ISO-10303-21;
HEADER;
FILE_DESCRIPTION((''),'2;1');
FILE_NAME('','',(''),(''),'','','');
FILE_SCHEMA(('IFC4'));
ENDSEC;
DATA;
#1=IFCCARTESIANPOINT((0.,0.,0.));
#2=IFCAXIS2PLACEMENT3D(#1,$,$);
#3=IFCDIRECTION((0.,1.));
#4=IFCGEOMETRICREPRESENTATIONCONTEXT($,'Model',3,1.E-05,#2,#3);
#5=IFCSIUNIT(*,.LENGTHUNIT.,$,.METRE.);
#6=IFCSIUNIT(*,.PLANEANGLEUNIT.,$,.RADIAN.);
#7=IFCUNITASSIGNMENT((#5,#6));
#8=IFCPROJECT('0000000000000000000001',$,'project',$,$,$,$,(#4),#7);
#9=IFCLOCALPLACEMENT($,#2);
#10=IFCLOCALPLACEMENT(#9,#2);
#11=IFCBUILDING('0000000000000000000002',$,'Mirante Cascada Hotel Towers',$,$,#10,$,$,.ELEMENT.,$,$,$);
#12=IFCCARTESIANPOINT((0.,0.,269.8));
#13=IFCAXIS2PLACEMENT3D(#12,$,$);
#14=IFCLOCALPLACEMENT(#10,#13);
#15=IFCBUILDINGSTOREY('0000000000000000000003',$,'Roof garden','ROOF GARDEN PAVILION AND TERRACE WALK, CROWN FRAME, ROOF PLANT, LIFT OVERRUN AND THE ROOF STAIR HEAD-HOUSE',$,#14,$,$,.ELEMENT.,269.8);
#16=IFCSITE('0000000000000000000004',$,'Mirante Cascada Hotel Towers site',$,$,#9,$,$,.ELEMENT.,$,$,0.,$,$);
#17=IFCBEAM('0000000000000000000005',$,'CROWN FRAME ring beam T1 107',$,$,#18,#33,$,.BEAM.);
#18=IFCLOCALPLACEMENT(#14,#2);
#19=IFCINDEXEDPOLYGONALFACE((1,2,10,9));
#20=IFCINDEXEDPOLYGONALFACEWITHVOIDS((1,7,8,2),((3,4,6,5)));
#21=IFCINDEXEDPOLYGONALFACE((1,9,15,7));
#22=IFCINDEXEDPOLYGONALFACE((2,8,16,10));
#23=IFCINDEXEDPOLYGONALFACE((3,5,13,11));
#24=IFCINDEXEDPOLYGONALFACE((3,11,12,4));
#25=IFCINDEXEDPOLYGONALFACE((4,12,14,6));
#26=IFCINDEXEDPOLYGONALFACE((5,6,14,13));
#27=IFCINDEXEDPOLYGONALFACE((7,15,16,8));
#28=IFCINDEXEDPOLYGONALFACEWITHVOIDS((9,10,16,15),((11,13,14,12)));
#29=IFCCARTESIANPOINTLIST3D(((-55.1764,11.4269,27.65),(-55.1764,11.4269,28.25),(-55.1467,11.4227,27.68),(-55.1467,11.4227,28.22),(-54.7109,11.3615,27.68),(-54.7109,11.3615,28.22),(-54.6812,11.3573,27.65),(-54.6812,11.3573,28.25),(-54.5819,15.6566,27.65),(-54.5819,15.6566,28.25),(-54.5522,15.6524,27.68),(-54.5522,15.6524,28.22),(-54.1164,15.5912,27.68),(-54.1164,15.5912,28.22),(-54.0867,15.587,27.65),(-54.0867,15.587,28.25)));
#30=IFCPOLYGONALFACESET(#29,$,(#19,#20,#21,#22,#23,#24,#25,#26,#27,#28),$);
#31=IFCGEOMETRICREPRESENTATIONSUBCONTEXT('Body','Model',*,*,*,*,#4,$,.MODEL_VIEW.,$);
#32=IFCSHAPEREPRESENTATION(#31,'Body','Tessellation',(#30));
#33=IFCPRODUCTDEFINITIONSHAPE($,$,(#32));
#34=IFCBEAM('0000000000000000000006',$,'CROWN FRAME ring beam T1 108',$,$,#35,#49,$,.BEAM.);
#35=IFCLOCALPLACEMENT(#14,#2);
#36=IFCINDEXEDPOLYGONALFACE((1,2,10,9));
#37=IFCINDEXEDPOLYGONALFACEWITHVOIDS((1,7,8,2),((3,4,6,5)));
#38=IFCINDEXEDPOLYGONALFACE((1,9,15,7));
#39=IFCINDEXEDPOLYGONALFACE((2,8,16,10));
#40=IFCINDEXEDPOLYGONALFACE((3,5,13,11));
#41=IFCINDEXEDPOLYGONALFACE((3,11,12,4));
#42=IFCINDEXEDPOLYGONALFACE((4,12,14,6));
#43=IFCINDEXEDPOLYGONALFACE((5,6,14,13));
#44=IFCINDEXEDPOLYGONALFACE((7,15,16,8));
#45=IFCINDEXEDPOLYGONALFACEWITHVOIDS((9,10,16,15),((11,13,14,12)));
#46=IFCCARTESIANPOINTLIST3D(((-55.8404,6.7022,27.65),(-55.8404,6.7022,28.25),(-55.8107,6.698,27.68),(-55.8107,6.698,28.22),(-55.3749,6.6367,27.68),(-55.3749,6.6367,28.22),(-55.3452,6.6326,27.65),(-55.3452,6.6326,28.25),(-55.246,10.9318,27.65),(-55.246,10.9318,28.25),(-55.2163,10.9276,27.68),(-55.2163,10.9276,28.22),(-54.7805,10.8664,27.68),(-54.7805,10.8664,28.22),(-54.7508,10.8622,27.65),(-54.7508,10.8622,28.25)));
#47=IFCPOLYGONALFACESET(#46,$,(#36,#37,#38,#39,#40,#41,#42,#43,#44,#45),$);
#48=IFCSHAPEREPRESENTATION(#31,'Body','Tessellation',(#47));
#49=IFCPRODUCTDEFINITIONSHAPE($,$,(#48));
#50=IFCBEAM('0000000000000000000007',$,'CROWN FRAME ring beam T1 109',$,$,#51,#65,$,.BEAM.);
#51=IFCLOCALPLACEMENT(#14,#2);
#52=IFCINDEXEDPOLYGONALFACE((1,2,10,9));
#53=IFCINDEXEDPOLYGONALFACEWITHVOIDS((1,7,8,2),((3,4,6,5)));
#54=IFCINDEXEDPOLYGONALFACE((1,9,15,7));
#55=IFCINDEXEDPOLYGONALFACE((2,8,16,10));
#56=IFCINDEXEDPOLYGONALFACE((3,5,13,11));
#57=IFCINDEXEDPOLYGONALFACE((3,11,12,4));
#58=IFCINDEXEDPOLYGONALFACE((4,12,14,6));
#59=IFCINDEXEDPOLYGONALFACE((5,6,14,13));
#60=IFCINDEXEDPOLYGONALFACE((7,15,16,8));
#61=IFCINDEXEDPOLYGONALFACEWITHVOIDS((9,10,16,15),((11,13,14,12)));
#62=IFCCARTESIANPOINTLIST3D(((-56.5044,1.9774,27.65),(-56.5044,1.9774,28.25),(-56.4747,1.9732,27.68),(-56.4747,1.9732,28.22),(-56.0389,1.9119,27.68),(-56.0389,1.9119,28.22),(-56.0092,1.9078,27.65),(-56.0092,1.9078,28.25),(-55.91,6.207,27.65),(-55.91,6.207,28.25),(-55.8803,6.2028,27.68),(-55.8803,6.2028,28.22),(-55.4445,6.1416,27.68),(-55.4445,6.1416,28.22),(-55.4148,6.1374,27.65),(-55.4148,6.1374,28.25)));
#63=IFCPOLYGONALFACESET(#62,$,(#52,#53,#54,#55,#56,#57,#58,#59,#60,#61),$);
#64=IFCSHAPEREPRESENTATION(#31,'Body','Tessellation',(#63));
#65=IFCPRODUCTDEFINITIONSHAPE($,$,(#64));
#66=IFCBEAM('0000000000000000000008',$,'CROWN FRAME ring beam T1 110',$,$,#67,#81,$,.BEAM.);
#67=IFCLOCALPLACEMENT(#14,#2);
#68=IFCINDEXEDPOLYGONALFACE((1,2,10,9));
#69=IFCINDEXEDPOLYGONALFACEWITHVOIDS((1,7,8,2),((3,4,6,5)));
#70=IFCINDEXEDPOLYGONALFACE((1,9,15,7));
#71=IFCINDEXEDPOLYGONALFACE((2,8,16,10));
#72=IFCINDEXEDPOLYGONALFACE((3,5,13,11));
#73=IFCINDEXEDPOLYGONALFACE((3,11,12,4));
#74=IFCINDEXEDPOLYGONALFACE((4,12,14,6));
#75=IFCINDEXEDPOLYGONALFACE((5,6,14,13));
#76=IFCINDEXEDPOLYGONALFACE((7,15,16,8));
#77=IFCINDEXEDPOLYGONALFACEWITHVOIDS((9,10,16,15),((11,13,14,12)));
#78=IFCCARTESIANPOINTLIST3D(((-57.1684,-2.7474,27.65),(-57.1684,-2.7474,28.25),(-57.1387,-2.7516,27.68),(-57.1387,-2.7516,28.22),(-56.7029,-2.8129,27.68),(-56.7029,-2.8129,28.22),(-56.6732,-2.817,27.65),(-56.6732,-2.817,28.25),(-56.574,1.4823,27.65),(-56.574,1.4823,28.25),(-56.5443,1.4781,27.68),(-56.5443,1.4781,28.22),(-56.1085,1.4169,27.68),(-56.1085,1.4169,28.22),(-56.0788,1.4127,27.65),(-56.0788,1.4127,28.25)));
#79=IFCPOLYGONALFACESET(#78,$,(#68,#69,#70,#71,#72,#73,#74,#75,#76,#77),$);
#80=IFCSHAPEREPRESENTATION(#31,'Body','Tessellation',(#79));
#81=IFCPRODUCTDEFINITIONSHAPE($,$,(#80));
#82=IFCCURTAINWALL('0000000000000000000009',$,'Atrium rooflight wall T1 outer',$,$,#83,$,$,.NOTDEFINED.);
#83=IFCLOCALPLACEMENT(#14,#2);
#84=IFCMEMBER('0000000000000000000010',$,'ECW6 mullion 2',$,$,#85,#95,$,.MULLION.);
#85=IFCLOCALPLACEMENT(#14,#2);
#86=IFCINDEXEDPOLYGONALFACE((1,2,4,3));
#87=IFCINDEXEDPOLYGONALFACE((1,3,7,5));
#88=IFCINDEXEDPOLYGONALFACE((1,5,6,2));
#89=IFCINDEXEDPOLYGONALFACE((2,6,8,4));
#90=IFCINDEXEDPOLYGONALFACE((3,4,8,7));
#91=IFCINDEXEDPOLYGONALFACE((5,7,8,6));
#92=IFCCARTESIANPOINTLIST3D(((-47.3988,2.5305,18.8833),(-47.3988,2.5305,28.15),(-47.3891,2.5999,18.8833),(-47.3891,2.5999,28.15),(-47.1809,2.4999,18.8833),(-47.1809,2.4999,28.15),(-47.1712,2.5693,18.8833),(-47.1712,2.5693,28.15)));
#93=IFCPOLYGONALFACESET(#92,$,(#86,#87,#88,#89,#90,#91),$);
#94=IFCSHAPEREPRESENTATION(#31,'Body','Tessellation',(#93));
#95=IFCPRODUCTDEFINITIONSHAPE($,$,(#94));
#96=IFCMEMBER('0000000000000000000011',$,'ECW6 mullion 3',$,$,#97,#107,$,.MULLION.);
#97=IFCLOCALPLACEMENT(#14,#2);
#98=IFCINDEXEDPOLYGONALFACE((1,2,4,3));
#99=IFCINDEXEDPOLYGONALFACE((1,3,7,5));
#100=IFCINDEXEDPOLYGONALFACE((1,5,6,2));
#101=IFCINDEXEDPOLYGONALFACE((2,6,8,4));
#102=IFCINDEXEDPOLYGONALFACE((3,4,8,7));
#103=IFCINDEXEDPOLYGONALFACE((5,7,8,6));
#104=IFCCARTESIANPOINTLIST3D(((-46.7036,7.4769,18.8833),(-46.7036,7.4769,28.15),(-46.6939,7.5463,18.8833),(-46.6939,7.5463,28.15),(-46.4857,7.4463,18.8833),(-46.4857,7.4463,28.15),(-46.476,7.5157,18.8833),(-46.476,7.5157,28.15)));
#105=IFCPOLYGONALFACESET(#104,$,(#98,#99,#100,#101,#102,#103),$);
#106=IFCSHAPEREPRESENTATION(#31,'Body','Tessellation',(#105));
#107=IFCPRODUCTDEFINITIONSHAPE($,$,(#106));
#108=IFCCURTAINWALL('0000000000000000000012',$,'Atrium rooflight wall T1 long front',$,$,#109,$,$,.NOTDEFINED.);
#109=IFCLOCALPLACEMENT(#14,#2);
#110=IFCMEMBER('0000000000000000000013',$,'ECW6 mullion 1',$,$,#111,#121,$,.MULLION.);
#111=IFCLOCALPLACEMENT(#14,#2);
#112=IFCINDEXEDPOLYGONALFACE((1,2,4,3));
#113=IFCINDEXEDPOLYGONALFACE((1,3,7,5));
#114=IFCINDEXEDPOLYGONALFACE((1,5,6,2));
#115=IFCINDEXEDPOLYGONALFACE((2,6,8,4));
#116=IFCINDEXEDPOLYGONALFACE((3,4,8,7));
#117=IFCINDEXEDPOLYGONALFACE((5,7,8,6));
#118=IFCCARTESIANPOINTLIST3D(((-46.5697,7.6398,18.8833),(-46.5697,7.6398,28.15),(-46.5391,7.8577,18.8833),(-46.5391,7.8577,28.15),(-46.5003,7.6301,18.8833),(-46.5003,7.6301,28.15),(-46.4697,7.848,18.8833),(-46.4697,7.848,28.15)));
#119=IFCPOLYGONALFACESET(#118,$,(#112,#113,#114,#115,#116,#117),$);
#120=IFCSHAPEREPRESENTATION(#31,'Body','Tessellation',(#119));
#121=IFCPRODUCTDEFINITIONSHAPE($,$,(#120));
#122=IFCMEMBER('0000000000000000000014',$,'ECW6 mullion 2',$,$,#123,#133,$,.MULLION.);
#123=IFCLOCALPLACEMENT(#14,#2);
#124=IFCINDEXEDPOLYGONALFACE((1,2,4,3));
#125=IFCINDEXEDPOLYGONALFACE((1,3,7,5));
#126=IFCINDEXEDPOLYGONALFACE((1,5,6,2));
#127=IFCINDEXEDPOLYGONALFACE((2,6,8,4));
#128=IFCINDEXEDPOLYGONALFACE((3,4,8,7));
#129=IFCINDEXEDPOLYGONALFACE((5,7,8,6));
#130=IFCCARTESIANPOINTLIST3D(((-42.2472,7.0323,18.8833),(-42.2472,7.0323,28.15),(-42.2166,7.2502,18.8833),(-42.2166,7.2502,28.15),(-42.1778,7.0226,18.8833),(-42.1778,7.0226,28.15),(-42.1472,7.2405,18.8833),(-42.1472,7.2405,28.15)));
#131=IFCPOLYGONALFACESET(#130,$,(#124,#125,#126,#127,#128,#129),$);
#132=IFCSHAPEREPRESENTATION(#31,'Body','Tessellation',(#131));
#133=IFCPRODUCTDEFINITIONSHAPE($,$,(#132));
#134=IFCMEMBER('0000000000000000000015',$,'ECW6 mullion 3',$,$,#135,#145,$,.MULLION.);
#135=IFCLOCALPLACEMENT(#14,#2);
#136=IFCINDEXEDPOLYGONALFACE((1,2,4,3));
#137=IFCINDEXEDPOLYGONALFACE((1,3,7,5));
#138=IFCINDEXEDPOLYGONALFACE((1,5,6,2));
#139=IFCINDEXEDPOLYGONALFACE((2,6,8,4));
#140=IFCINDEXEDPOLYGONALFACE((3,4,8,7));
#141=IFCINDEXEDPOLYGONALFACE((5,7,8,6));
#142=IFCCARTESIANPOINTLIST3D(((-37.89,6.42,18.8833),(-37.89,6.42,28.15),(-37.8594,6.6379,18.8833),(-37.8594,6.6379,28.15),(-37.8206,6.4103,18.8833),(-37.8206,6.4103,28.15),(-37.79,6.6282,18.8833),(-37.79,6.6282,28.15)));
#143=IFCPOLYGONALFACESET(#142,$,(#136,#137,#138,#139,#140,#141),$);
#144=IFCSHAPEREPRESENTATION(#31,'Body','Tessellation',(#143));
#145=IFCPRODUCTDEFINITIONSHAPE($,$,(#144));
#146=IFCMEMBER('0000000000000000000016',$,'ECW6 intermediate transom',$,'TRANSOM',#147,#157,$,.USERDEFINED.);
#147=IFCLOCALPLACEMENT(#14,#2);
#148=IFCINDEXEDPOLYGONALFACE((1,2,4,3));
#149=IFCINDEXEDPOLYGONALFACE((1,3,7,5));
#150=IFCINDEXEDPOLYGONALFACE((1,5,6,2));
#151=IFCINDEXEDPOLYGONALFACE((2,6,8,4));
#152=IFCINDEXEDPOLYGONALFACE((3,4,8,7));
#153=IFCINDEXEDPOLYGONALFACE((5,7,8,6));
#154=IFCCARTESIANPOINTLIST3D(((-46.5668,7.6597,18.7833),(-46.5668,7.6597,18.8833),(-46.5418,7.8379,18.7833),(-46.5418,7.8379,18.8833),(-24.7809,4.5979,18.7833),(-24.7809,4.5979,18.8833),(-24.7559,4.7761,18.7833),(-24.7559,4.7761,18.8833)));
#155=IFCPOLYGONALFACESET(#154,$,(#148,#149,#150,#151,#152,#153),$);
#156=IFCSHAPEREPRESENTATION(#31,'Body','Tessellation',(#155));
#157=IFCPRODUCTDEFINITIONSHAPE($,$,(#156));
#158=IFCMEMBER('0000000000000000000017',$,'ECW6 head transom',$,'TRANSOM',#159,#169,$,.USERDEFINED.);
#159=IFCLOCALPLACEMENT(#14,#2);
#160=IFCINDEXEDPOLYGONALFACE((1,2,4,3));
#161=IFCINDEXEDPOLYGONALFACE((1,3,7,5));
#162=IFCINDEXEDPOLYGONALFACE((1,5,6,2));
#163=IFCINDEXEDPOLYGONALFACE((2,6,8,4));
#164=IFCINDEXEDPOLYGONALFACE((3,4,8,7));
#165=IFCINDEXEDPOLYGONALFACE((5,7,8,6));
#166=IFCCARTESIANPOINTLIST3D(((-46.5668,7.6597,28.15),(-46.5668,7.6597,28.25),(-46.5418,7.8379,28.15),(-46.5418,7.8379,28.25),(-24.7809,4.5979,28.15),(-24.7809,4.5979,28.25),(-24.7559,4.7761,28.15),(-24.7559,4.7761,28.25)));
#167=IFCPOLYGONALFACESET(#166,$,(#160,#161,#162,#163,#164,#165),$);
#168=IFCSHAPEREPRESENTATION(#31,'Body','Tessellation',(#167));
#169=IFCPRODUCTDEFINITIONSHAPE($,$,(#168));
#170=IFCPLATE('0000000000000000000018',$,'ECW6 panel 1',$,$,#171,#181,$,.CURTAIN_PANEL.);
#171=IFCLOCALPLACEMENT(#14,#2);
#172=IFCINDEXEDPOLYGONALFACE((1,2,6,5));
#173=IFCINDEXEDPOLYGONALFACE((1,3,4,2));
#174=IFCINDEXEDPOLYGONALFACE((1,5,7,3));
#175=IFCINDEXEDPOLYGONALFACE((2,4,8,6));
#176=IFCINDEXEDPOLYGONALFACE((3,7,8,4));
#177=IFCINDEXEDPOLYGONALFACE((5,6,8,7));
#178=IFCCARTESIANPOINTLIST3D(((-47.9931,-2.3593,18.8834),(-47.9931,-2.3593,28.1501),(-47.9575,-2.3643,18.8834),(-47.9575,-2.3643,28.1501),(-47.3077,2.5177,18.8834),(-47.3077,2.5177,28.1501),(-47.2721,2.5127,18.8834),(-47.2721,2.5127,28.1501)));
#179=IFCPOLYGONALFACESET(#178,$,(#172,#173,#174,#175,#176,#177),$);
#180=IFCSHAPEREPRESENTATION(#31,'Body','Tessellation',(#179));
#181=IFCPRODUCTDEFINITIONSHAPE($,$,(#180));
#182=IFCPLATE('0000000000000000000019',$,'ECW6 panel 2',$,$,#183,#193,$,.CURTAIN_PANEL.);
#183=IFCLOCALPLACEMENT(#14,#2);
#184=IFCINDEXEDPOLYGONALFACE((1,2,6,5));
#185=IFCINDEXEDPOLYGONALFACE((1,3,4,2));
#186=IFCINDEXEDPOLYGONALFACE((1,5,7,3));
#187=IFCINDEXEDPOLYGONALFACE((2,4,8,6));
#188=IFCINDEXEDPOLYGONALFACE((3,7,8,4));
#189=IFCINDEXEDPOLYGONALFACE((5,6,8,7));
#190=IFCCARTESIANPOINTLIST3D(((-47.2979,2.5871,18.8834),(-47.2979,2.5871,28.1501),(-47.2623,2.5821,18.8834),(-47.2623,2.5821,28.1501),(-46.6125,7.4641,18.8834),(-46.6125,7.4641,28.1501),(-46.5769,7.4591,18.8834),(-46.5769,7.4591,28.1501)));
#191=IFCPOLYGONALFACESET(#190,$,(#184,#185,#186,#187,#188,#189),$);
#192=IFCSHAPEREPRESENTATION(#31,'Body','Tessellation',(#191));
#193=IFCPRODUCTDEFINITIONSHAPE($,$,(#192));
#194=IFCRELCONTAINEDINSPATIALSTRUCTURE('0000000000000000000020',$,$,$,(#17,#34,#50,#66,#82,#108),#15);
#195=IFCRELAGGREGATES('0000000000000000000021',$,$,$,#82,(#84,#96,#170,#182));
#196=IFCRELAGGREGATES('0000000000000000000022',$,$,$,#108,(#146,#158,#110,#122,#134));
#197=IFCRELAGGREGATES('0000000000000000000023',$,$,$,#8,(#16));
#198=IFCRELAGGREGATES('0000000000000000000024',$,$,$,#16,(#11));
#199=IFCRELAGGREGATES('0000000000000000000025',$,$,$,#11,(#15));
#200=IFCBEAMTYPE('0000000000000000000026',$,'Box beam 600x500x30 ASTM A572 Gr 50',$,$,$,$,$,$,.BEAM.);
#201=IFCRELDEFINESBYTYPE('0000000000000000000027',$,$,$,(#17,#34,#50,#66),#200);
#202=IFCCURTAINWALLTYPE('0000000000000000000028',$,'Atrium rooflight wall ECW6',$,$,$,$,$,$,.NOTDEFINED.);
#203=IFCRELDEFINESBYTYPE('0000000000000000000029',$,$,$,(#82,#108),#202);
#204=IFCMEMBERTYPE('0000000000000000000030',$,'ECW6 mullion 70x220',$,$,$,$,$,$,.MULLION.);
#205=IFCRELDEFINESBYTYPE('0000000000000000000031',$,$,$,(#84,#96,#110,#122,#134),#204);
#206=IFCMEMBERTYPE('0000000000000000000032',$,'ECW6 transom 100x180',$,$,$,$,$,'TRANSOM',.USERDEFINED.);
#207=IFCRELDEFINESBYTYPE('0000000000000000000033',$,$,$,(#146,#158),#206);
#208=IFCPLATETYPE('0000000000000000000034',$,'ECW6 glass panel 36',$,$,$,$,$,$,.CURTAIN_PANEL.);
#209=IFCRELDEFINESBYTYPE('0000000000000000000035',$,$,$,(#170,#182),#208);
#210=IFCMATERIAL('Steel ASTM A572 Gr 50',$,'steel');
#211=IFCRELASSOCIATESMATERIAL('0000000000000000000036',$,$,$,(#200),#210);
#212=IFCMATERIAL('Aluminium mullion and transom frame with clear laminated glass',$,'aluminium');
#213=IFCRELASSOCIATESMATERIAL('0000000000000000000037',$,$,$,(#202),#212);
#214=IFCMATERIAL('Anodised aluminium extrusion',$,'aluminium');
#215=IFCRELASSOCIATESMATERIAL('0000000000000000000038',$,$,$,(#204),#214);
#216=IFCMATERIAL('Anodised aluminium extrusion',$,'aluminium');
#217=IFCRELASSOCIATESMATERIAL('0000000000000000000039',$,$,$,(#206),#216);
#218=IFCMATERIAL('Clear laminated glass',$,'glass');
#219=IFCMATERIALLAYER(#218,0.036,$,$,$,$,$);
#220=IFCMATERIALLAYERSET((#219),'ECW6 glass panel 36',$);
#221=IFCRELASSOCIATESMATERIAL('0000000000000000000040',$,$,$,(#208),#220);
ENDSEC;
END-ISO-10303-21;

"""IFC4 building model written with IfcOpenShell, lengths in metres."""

from ifc_helpers import new_model, si_unit, direction, frame, origin, origin_2d, place, context, subcontext, project, spatial, rectangle, hollow_rectangle, extrude, material, layer, layer_set, material_profile, profile_set, type_object, element, aggregate, save


model = new_model("IFC4")

# Units and contexts
model_context = context("Model", 3, precision=1e-05, world=origin(), true_north=direction((0.0, 1.0)))
body_context = subcontext(model_context, "Body", "Model", "MODEL_VIEW")
ifc_project = project(units=[si_unit("LENGTHUNIT", "METRE"), si_unit("PLANEANGLEUNIT", "RADIAN")], contexts=[model_context])

# Site, building, storey
site_placement = place(None, origin())
site = spatial("IfcSite", under=ifc_project, at=site_placement, Name="Mirante Cascada Hotel Towers site", CompositionType="ELEMENT", RefElevation=0.0)
building_placement = place(site_placement, origin())
building = spatial("IfcBuilding", under=site, at=building_placement, Name="Mirante Cascada Hotel Towers", CompositionType="ELEMENT")
storey_placement = place(building_placement, frame((0.0, 0.0, 269.8)))
storey = spatial("IfcBuildingStorey", under=building, at=storey_placement, Name="Roof garden", Description="ROOF GARDEN PAVILION AND TERRACE WALK, CROWN FRAME, ROOF PLANT, LIFT OVERRUN AND THE ROOF STAIR HEAD-HOUSE", CompositionType="ELEMENT", Elevation=269.8)

# Beams
ifc_material_1 = material(Name="Steel ASTM A572 Gr 50", Category="steel")
ifc_material_profile_1 = material_profile(ifc_material_1, hollow_rectangle(XDim=0.5, YDim=0.6, WallThickness=0.03, at=origin_2d()), Name="Box beam 600x500x30 ASTM A572 Gr 50")
ifc_profile_set_1 = profile_set([ifc_material_profile_1], Name="Steel ASTM A572 Gr 50")
beam_type = type_object("IfcBeamType", Name="Box beam 600x500x30 ASTM A572 Gr 50", PredefinedType="BEAM", material=ifc_profile_set_1)
beam_1_placement = place(storey_placement, frame((-54.3343, 15.6218, 27.95), z_axis=(-0.139186, -0.990266, 0.0), x_axis=(0.990266, -0.139186, 0.0)))
element("IfcBeam", 1, at=beam_1_placement, inside=storey, type_object=beam_type, Name="CROWN FRAME ring beam T1 107", PredefinedType="BEAM", context=body_context, shape_type="SweptSolid", body=[
    extrude(hollow_rectangle(XDim=0.5, YDim=0.6, WallThickness=0.03, at=origin_2d()), origin(), (0.0, 0.0, 1.0), 4.2713),
])
for number, where, z_axis, x_axis, name in (
    (2, (-54.9984, 10.897, 27.95), (-0.139166, -0.990269, 0.0), (0.990269, -0.139166, 0.0), "CROWN FRAME ring beam T1 108"),
    (3, (-55.6624, 6.1722, 27.95), (-0.139166, -0.990269, 0.0), (0.990269, -0.139166, 0.0), "CROWN FRAME ring beam T1 109"),
):
    element("IfcBeam", number, at=place(storey_placement, frame(where, z_axis=z_axis, x_axis=x_axis)), inside=storey, type_object=beam_type, Name=name, PredefinedType="BEAM", context=body_context, shape_type="SweptSolid", body=[
        extrude(hollow_rectangle(XDim=0.5, YDim=0.6, WallThickness=0.03, at=origin_2d()), origin(), (0.0, 0.0, 1.0), 4.2712),
    ])
beam_2_placement = place(storey_placement, frame((-56.3264, 1.4475, 27.95), z_axis=(-0.139163, -0.99027, 0.0), x_axis=(0.99027, -0.139163, 0.0)))
element("IfcBeam", 4, at=beam_2_placement, inside=storey, type_object=beam_type, Name="CROWN FRAME ring beam T1 110", PredefinedType="BEAM", context=body_context, shape_type="SweptSolid", body=[
    extrude(hollow_rectangle(XDim=0.5, YDim=0.6, WallThickness=0.03, at=origin_2d()), origin(), (0.0, 0.0, 1.0), 4.2713),
])

# Curtain walls, members
ifc_material_2 = material(Name="Aluminium mullion and transom frame with clear laminated glass", Category="aluminium")
curtain_wall_type = type_object("IfcCurtainWallType", Name="Atrium rooflight wall ECW6", PredefinedType="NOTDEFINED", material=ifc_material_2)
curtain_wall_1_placement = place(storey_placement, origin())
curtain_wall_1 = element("IfcCurtainWall", 5, at=curtain_wall_1_placement, inside=storey, type_object=curtain_wall_type, Name="Atrium rooflight wall T1 outer", PredefinedType="NOTDEFINED")
ifc_material_3 = material(Name="Anodised aluminium extrusion", Category="aluminium")
ifc_material_profile_2 = material_profile(ifc_material_3, rectangle(XDim=0.22, YDim=0.07, at=origin_2d()), Name="ECW6 MULLION 70x220")
ifc_profile_set_2 = profile_set([ifc_material_profile_2], Name="Anodised aluminium extrusion")
member_type_1 = type_object("IfcMemberType", Name="ECW6 mullion 70x220", PredefinedType="MULLION", material=ifc_profile_set_2)
member_1_placement = place(storey_placement, frame((-47.285, 2.5499, 18.8833), z_axis=(0.0, 0.0, 1.0), x_axis=(-0.990268, 0.139173, 0.0)))
member_1 = element("IfcMember", 6, at=member_1_placement, type_object=member_type_1, Name="ECW6 mullion 2", PredefinedType="MULLION", context=body_context, shape_type="SweptSolid", body=[
    extrude(rectangle(XDim=0.22, YDim=0.07, at=origin_2d()), origin(), (0.0, 0.0, 1.0), 9.2667),
])
member_2_placement = place(storey_placement, frame((-46.5898, 7.4963, 18.8833), z_axis=(0.0, 0.0, 1.0), x_axis=(-0.990268, 0.139173, 0.0)))
member_2 = element("IfcMember", 7, at=member_2_placement, type_object=member_type_1, Name="ECW6 mullion 3", PredefinedType="MULLION", context=body_context, shape_type="SweptSolid", body=[
    extrude(rectangle(XDim=0.22, YDim=0.07, at=origin_2d()), origin(), (0.0, 0.0, 1.0), 9.2667),
])
curtain_wall_2_placement = place(storey_placement, origin())
curtain_wall_2 = element("IfcCurtainWall", 8, at=curtain_wall_2_placement, inside=storey, type_object=curtain_wall_type, Name="Atrium rooflight wall T1 long front", PredefinedType="NOTDEFINED")
member_3_placement = place(storey_placement, frame((-46.5197, 7.7439, 18.8833), z_axis=(0.0, 0.0, 1.0), x_axis=(0.139173, 0.990268, 0.0)))
member_3 = element("IfcMember", 9, at=member_3_placement, type_object=member_type_1, Name="ECW6 mullion 1", PredefinedType="MULLION", context=body_context, shape_type="SweptSolid", body=[
    extrude(rectangle(XDim=0.22, YDim=0.07, at=origin_2d()), origin(), (0.0, 0.0, 1.0), 9.2667),
])
member_4_placement = place(storey_placement, frame((-42.1972, 7.1364, 18.8833), z_axis=(0.0, 0.0, 1.0), x_axis=(0.139173, 0.990268, 0.0)))
member_4 = element("IfcMember", 10, at=member_4_placement, type_object=member_type_1, Name="ECW6 mullion 2", PredefinedType="MULLION", context=body_context, shape_type="SweptSolid", body=[
    extrude(rectangle(XDim=0.22, YDim=0.07, at=origin_2d()), origin(), (0.0, 0.0, 1.0), 9.2667),
])
member_5_placement = place(storey_placement, frame((-37.84, 6.5241, 18.8833), z_axis=(0.0, 0.0, 1.0), x_axis=(0.139173, 0.990268, 0.0)))
member_5 = element("IfcMember", 11, at=member_5_placement, type_object=member_type_1, Name="ECW6 mullion 3", PredefinedType="MULLION", context=body_context, shape_type="SweptSolid", body=[
    extrude(rectangle(XDim=0.22, YDim=0.07, at=origin_2d()), origin(), (0.0, 0.0, 1.0), 9.2667),
])
ifc_material_4 = material(Name="Anodised aluminium extrusion", Category="aluminium")
ifc_material_profile_3 = material_profile(ifc_material_4, rectangle(XDim=0.18, YDim=0.1, at=origin_2d()), Name="ECW6 TRANSOM 100x180")
ifc_profile_set_3 = profile_set([ifc_material_profile_3], Name="Anodised aluminium extrusion")
member_type_2 = type_object("IfcMemberType", Name="ECW6 transom 100x180", ElementType="TRANSOM", PredefinedType="USERDEFINED", material=ifc_profile_set_3)
member_6_placement = place(storey_placement, frame((-46.5543, 7.7488, 18.8333), z_axis=(0.990268, -0.139173, 0.0), x_axis=(0.139173, 0.990268, 0.0)))
member_6 = element("IfcMember", 12, at=member_6_placement, type_object=member_type_2, Name="ECW6 intermediate transom", ObjectType="TRANSOM", PredefinedType="USERDEFINED", context=body_context, shape_type="SweptSolid", body=[
    extrude(rectangle(XDim=0.18, YDim=0.1, at=origin_2d()), origin(), (0.0, 0.0, 1.0), 22.0),
])
member_7_placement = place(storey_placement, frame((-46.5543, 7.7488, 28.2), z_axis=(0.990268, -0.139173, 0.0), x_axis=(0.139173, 0.990268, 0.0)))
member_7 = element("IfcMember", 13, at=member_7_placement, type_object=member_type_2, Name="ECW6 head transom", ObjectType="TRANSOM", PredefinedType="USERDEFINED", context=body_context, shape_type="SweptSolid", body=[
    extrude(rectangle(XDim=0.18, YDim=0.1, at=origin_2d()), origin(), (0.0, 0.0, 1.0), 22.0),
])

# Plates
ifc_material_5 = material(Name="Clear laminated glass", Category="glass")
ifc_layer_1 = layer(ifc_material_5, 0.036)
ifc_layer_set_1 = layer_set([ifc_layer_1], Name="ECW6 glass panel 36")
plate_type = type_object("IfcPlateType", Name="ECW6 glass panel 36", PredefinedType="CURTAIN_PANEL", material=ifc_layer_set_1)
plate_1_placement = place(storey_placement, frame((-47.6326, 0.0767, 18.8834), z_axis=(0.0, 0.0, 1.0), x_axis=(0.139173, 0.990268, 0.0)))
plate_1 = element("IfcPlate", 14, at=plate_1_placement, type_object=plate_type, Name="ECW6 panel 1", PredefinedType="CURTAIN_PANEL", context=body_context, shape_type="SweptSolid", body=[
    extrude(rectangle(XDim=4.925, YDim=0.036, at=origin_2d()), origin(), (0.0, 0.0, 1.0), 9.2667),
])
plate_2_placement = place(storey_placement, frame((-46.9374, 5.0231, 18.8834), z_axis=(0.0, 0.0, 1.0), x_axis=(0.139173, 0.990268, 0.0)))
plate_2 = element("IfcPlate", 15, at=plate_2_placement, type_object=plate_type, Name="ECW6 panel 2", PredefinedType="CURTAIN_PANEL", context=body_context, shape_type="SweptSolid", body=[
    extrude(rectangle(XDim=4.925, YDim=0.036, at=origin_2d()), origin(), (0.0, 0.0, 1.0), 9.2667),
])
aggregate(curtain_wall_1, [member_1, member_2, plate_1, plate_2])
aggregate(curtain_wall_2, [member_6, member_7, member_3, member_4, member_5])

save(model, "model.ifc")
